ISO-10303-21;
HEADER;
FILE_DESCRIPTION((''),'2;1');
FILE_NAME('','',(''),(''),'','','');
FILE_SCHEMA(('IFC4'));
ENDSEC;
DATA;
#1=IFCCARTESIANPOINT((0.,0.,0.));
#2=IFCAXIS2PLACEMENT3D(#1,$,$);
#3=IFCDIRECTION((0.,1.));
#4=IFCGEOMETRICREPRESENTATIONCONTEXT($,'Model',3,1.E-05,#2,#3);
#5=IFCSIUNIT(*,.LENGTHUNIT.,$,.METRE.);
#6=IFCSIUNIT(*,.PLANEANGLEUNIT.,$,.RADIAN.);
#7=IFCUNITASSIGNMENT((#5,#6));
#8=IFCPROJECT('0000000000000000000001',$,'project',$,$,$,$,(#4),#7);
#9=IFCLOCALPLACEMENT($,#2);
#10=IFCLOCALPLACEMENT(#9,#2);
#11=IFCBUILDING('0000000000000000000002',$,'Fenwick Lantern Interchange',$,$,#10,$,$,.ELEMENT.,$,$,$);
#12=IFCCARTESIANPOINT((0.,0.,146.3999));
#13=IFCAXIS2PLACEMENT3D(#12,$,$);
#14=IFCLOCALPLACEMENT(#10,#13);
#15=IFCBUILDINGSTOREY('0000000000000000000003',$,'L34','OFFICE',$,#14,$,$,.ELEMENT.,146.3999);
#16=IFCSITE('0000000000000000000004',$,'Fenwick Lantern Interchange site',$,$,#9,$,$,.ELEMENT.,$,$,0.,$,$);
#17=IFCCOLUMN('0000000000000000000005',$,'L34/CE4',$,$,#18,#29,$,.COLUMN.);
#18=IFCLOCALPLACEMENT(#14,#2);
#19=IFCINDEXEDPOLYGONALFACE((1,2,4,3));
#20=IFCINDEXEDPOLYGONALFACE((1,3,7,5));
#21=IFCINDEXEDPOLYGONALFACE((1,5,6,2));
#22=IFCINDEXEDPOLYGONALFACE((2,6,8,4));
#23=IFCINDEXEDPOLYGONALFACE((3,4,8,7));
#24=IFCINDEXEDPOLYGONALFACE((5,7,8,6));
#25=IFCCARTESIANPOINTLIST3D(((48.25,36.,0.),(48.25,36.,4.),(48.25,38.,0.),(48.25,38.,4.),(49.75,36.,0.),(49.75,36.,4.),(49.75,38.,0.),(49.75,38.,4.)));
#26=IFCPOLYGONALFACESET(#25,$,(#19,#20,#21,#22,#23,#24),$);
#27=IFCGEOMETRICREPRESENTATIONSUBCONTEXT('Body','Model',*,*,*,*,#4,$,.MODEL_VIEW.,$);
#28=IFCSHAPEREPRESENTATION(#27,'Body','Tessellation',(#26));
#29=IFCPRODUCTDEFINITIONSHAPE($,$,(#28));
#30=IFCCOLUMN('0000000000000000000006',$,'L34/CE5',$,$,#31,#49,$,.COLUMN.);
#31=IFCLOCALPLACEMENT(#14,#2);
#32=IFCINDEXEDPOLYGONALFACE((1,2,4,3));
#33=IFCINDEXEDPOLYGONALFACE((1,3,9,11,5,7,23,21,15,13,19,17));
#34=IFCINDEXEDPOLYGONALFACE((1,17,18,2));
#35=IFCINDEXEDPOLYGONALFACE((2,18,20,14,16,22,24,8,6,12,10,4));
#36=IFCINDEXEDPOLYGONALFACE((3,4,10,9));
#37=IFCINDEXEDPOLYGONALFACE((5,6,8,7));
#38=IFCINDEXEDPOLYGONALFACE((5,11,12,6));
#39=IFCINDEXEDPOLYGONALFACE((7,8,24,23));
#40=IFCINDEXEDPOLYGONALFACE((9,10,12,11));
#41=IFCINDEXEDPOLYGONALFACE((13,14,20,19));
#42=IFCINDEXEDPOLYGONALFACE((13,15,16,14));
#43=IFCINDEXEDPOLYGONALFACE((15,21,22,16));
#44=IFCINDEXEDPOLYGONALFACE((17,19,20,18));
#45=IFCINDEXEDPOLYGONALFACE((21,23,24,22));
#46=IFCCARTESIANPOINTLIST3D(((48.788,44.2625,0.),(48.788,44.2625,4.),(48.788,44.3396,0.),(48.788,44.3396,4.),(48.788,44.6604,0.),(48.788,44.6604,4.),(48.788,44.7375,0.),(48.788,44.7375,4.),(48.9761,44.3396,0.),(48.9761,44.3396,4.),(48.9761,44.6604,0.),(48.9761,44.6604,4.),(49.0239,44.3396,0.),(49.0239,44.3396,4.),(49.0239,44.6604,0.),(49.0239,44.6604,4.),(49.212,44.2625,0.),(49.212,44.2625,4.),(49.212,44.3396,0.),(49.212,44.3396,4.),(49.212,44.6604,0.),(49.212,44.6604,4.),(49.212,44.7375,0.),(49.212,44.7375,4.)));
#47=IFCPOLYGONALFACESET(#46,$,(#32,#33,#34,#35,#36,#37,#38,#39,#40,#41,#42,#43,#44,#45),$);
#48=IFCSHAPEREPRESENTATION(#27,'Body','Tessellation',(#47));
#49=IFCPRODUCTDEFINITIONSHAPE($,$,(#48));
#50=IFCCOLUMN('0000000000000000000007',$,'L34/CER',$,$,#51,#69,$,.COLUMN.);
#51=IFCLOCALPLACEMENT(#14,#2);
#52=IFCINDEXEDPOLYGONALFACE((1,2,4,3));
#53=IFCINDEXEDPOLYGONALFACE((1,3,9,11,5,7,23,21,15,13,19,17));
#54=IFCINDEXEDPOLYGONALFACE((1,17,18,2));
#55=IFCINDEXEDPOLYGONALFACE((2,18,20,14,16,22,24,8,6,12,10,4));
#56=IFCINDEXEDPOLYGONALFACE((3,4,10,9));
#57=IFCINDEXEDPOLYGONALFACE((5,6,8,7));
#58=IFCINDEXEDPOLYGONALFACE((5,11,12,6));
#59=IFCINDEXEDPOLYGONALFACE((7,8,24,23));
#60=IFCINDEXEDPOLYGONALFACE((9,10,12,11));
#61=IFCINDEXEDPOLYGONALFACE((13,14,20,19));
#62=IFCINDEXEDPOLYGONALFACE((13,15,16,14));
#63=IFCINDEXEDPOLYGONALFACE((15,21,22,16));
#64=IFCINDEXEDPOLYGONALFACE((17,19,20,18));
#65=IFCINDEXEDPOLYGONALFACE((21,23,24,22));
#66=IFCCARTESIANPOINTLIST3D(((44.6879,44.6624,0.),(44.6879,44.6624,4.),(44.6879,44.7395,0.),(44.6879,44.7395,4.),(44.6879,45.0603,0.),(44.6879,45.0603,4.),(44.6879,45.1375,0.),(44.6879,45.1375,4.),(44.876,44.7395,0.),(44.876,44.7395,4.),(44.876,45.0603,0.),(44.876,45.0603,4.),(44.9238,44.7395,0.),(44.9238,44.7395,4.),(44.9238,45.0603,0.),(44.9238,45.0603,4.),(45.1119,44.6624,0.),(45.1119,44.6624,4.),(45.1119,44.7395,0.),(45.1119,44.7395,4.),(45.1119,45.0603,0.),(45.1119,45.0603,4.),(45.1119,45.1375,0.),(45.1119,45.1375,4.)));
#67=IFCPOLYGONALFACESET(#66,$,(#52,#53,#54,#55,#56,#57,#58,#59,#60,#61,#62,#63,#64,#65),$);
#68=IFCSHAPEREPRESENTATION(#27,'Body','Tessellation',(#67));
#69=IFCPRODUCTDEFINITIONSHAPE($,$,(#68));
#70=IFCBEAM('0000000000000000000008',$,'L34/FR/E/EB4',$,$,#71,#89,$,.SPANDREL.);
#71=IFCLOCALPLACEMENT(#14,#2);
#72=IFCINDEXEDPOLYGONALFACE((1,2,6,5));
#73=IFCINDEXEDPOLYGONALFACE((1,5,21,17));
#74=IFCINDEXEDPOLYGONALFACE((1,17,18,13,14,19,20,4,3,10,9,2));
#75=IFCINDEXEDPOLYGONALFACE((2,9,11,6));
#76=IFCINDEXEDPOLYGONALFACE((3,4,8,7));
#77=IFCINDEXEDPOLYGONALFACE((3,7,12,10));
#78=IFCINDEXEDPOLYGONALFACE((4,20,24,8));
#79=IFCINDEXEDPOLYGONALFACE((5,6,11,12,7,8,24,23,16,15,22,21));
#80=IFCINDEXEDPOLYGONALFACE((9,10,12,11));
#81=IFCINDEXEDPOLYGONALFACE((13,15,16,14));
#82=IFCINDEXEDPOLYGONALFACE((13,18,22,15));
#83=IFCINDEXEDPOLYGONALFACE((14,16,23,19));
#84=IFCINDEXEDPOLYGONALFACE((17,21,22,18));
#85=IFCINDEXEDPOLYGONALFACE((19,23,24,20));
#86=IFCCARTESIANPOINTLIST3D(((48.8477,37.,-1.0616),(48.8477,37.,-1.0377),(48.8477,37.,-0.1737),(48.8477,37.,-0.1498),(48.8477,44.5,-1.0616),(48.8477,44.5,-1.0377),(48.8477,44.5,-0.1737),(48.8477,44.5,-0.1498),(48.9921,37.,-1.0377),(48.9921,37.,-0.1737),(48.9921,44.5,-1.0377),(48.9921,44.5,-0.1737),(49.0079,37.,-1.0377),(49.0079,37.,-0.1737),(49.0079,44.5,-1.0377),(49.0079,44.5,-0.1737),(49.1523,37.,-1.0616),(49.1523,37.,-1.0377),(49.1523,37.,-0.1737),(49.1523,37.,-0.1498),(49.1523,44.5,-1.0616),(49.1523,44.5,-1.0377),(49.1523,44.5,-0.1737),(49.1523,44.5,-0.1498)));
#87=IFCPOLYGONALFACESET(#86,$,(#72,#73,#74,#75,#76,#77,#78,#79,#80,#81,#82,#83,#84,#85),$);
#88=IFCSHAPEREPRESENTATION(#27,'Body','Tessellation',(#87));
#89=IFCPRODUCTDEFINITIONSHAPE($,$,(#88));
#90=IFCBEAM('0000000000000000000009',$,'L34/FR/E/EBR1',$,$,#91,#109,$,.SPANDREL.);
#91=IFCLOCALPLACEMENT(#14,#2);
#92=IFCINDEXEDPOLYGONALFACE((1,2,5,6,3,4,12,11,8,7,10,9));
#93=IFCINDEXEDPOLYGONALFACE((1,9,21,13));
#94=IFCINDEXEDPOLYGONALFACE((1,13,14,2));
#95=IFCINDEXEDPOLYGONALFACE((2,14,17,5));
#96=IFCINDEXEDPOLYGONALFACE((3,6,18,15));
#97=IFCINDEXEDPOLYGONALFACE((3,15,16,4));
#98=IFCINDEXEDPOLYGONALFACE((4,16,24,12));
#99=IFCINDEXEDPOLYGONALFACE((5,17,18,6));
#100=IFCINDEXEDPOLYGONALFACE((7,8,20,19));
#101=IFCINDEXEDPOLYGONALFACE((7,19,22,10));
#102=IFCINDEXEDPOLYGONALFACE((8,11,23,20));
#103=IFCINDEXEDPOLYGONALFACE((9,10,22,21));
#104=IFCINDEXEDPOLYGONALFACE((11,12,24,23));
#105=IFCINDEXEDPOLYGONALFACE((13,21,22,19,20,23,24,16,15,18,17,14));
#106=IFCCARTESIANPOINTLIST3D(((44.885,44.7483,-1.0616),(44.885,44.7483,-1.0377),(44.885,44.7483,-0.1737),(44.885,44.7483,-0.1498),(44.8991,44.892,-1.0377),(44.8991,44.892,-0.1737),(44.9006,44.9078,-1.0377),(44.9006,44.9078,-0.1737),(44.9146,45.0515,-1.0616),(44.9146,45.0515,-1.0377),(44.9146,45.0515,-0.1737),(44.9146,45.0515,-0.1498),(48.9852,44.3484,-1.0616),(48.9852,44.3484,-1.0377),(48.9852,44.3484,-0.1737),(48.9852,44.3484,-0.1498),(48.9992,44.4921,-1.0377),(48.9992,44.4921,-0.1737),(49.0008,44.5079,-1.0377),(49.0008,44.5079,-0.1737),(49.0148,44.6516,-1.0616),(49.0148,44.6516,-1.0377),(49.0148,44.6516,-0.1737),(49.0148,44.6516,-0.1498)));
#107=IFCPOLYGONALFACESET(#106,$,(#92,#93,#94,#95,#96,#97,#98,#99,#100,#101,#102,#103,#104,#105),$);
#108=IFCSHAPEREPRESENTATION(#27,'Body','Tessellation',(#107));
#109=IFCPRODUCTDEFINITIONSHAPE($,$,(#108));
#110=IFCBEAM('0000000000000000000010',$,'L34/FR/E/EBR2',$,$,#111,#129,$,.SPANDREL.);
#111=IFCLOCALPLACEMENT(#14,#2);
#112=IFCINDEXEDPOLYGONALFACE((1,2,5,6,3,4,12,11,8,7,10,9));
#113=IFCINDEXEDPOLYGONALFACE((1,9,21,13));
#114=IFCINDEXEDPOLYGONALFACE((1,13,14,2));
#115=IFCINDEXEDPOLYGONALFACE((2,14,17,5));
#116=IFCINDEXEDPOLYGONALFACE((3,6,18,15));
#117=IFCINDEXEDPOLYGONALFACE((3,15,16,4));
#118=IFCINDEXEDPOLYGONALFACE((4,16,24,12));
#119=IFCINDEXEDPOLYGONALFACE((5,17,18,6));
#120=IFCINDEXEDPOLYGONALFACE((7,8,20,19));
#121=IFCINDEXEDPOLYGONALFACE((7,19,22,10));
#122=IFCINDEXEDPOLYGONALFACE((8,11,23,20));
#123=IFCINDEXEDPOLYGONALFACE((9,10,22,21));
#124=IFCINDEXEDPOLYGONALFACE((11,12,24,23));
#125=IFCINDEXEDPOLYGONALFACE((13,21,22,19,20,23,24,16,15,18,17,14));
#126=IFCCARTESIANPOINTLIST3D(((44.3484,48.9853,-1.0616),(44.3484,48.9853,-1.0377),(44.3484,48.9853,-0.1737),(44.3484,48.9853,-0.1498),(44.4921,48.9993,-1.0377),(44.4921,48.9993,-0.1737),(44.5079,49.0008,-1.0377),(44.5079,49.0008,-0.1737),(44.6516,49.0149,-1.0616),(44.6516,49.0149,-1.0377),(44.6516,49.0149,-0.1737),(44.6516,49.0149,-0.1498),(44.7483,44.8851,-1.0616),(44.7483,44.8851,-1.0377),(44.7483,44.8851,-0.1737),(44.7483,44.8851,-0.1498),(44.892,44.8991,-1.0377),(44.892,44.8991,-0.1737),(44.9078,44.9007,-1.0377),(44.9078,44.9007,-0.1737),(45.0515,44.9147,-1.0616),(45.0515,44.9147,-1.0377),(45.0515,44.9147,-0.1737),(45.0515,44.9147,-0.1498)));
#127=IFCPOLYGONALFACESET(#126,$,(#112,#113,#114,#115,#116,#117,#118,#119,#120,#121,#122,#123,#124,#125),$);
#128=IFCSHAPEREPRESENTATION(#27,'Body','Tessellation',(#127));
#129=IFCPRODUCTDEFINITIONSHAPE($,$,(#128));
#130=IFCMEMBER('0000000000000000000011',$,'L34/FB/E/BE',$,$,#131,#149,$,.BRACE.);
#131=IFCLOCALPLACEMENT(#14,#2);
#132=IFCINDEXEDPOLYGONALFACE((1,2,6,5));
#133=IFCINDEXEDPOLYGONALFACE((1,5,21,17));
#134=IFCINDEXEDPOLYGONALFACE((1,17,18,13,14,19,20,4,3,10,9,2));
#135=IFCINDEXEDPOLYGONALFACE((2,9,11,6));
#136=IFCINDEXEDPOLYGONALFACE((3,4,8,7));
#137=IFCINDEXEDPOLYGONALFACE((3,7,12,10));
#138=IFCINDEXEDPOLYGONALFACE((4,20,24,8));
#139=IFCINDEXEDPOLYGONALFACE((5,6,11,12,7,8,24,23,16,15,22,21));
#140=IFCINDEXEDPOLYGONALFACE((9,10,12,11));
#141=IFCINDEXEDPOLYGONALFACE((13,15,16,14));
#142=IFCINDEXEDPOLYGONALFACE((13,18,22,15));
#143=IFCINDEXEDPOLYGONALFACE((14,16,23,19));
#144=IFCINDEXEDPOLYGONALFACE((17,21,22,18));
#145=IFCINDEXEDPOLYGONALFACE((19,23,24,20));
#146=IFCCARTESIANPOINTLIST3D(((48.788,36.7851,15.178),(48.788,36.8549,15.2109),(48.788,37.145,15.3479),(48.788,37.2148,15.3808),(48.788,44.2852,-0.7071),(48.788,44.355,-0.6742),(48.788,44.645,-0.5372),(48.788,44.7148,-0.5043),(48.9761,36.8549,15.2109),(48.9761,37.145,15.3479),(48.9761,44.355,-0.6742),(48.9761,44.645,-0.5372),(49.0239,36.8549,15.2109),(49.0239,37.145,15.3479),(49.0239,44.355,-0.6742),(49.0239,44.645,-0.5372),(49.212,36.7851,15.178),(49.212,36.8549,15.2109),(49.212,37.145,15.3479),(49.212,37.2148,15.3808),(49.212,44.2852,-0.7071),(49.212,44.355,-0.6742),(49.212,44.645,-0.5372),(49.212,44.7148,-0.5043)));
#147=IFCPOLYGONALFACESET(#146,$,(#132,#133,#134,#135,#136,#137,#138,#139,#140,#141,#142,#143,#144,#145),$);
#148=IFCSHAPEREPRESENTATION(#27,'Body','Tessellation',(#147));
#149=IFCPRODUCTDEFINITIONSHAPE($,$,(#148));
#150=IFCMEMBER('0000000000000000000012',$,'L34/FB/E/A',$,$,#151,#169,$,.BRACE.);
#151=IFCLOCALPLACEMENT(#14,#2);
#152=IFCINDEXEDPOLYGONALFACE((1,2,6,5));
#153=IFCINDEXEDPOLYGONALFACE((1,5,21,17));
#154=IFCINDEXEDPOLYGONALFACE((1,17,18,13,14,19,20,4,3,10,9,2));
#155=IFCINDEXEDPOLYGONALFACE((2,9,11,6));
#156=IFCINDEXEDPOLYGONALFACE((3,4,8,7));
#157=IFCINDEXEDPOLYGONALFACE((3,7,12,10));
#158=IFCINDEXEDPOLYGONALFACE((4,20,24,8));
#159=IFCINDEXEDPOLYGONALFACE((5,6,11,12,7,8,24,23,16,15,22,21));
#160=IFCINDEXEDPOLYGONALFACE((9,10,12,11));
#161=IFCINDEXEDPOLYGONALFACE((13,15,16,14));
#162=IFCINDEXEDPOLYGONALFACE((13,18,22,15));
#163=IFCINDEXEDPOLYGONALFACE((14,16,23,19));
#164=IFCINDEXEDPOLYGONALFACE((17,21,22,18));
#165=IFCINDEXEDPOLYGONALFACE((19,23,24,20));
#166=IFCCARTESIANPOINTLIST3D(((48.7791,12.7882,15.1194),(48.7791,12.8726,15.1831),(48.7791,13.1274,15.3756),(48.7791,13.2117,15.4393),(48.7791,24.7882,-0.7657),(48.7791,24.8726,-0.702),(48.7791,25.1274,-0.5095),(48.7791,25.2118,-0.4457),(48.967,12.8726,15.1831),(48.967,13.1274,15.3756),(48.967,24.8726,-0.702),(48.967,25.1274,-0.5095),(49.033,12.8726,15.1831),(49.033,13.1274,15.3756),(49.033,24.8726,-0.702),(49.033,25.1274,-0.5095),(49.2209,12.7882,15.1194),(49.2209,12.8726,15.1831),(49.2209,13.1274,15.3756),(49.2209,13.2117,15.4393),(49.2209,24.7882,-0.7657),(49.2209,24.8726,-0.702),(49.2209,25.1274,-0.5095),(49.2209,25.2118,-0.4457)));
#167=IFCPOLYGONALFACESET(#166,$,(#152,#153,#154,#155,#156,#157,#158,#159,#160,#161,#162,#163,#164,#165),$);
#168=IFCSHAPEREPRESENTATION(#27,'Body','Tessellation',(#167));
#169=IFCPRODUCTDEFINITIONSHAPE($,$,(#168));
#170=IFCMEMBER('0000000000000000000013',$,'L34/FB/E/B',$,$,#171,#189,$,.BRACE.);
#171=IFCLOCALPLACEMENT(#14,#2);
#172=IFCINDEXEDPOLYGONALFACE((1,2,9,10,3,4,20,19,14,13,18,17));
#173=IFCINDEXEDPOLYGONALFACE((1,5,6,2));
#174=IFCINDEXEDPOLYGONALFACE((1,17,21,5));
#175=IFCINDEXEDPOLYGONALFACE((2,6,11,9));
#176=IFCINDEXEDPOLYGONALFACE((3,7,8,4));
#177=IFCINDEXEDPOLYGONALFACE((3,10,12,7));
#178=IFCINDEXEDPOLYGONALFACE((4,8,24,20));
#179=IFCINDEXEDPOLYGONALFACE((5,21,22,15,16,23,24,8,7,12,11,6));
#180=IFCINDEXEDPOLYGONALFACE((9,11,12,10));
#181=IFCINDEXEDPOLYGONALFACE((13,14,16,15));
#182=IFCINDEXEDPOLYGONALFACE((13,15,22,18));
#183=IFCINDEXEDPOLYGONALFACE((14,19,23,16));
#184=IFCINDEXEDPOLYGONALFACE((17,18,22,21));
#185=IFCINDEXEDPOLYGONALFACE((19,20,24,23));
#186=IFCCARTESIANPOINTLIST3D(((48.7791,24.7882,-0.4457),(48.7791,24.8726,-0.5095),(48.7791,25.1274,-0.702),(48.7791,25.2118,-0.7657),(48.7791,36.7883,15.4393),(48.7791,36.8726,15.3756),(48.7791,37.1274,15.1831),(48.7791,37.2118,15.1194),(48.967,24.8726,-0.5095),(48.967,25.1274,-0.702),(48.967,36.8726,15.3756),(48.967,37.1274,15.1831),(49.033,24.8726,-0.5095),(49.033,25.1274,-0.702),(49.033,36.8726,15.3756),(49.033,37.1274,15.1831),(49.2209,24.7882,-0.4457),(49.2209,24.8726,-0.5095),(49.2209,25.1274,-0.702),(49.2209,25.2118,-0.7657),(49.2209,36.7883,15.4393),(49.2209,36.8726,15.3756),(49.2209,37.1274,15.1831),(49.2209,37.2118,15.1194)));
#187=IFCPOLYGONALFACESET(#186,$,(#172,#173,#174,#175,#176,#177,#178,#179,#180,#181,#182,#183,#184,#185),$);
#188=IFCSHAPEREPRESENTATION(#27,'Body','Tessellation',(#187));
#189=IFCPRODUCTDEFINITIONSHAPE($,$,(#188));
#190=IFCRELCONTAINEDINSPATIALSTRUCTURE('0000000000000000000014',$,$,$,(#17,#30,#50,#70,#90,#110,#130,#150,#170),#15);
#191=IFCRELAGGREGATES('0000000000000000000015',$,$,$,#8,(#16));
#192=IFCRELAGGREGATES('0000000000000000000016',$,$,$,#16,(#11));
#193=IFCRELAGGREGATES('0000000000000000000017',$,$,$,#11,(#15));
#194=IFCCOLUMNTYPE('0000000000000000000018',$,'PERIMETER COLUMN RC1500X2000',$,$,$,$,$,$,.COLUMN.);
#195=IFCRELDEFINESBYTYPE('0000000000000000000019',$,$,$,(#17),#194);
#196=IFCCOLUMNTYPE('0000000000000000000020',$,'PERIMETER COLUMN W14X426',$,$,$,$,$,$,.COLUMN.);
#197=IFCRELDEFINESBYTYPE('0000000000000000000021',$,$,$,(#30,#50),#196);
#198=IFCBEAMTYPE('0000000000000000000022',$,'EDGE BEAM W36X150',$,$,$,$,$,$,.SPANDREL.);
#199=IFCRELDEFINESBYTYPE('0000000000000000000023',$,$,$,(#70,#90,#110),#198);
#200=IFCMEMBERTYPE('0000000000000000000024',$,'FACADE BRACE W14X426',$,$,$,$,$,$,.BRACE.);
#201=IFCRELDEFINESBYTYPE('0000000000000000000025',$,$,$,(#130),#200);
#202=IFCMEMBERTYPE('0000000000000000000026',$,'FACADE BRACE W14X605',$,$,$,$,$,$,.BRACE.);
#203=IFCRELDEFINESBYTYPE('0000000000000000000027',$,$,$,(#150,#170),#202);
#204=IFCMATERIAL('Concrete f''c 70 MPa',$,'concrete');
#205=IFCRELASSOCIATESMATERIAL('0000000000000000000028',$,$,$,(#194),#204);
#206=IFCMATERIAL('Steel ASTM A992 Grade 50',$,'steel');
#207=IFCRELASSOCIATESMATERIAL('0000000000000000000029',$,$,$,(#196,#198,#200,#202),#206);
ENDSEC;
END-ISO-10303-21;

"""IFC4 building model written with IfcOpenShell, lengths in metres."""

from ifc_helpers import new_model, si_unit, direction, frame, origin, origin_2d, place, context, subcontext, project, spatial, rectangle, i_section, extrude, material, material_profile, profile_set, type_object, element, save


model = new_model("IFC4")

# Units and contexts
model_context = context("Model", 3, precision=1e-05, world=origin(), true_north=direction((0.0, 1.0)))
body_context = subcontext(model_context, "Body", "Model", "MODEL_VIEW")
ifc_project = project(units=[si_unit("LENGTHUNIT", "METRE"), si_unit("PLANEANGLEUNIT", "RADIAN")], contexts=[model_context])

# Site, building, storey
site_placement = place(None, origin())
site = spatial("IfcSite", under=ifc_project, at=site_placement, Name="Fenwick Lantern Interchange site", CompositionType="ELEMENT", RefElevation=0.0)
building_placement = place(site_placement, origin())
building = spatial("IfcBuilding", under=site, at=building_placement, Name="Fenwick Lantern Interchange", CompositionType="ELEMENT")
storey_placement = place(building_placement, frame((0.0, 0.0, 146.3999)))
storey = spatial("IfcBuildingStorey", under=building, at=storey_placement, Name="L34", Description="OFFICE", CompositionType="ELEMENT", Elevation=146.3999)

# Columns
ifc_material_1 = material(Name="Concrete f'c 70 MPa", Category="concrete")
ifc_material_profile_1 = material_profile(ifc_material_1, rectangle(XDim=1.5, YDim=2.0, at=origin_2d()), Name="RC1500X2000")
ifc_profile_set_1 = profile_set([ifc_material_profile_1], Name="Concrete f'c 70 MPa")
column_type_1 = type_object("IfcColumnType", Name="PERIMETER COLUMN RC1500X2000", PredefinedType="COLUMN", material=ifc_profile_set_1)
column_placement = place(storey_placement, frame((49.0, 37.0, 0.0), z_axis=(0.0, 0.0, 1.0), x_axis=(1.0, 0.0, 0.0)))
element("IfcColumn", 1, at=column_placement, inside=storey, type_object=column_type_1, Name="L34/CE4", PredefinedType="COLUMN", context=body_context, shape_type="SweptSolid", body=[
    extrude(rectangle(XDim=1.5, YDim=2.0, at=origin_2d()), origin(), (0.0, 0.0, 1.0), 4.0),
])
ifc_material_2 = material(Name="Steel ASTM A992 Grade 50", Category="steel")
ifc_material_profile_2 = material_profile(ifc_material_2, i_section(OverallWidth=0.4241, OverallDepth=0.4751, WebThickness=0.0479, FlangeThickness=0.0771, at=origin_2d()), Name="W14X426")
ifc_profile_set_2 = profile_set([ifc_material_profile_2], Name="Steel ASTM A992 Grade 50")
column_type_2 = type_object("IfcColumnType", Name="PERIMETER COLUMN W14X426", PredefinedType="COLUMN", material=ifc_profile_set_2)
for number, where, z_axis, x_axis, name in (
    (2, (49.0, 44.5, 0.0), (0.0, 0.0, 1.0), (1.0, 0.0, 0.0), "L34/CE5"),
    (3, (44.8999, 44.8999, 0.0), (0.0, 0.0, 1.0), (1.0, 0.0, 0.0), "L34/CER"),
):
    element("IfcColumn", number, at=place(storey_placement, frame(where, z_axis=z_axis, x_axis=x_axis)), inside=storey, type_object=column_type_2, Name=name, PredefinedType="COLUMN", context=body_context, shape_type="SweptSolid", body=[
        extrude(i_section(OverallWidth=0.4241, OverallDepth=0.4751, WebThickness=0.0479, FlangeThickness=0.0771, at=origin_2d()), origin(), (0.0, 0.0, 1.0), 4.0),
    ])

# Beams
ifc_material_profile_3 = material_profile(ifc_material_2, i_section(OverallWidth=0.3047, OverallDepth=0.9119, WebThickness=0.0159, FlangeThickness=0.0239, at=origin_2d()), Name="W36X150")
ifc_profile_set_3 = profile_set([ifc_material_profile_3], Name="Steel ASTM A992 Grade 50")
beam_type_1 = type_object("IfcBeamType", Name="EDGE BEAM W36X150", PredefinedType="SPANDREL", material=ifc_profile_set_3)
beam_1_placement = place(storey_placement, frame((49.0, 37.0, -0.6057), z_axis=(0.0, 1.0, 0.0), x_axis=(-1.0, 0.0, 0.0)))
element("IfcBeam", 4, at=beam_1_placement, inside=storey, type_object=beam_type_1, Name="L34/FR/E/EB4", PredefinedType="SPANDREL", context=body_context, shape_type="SweptSolid", body=[
    extrude(i_section(OverallWidth=0.3047, OverallDepth=0.9119, WebThickness=0.0159, FlangeThickness=0.0239, at=origin_2d()), origin(), (0.0, 0.0, 1.0), 7.5),
])
for number, where, z_axis, x_axis, name in (
    (5, (49.0, 44.5, -0.6057), (-0.995277, 0.097074, 0.0), (-0.097074, -0.995277, 0.0), "L34/FR/E/EBR1"),
    (6, (44.8999, 44.8999, -0.6057), (-0.097074, 0.995277, 0.0), (-0.995277, -0.097074, 0.0), "L34/FR/E/EBR2"),
):
    element("IfcBeam", number, at=place(storey_placement, frame(where, z_axis=z_axis, x_axis=x_axis)), inside=storey, type_object=beam_type_1, Name=name, PredefinedType="SPANDREL", context=body_context, shape_type="SweptSolid", body=[
        extrude(i_section(OverallWidth=0.3047, OverallDepth=0.9119, WebThickness=0.0159, FlangeThickness=0.0239, at=origin_2d()), origin(), (0.0, 0.0, 1.0), 4.1196),
    ])

# Members
ifc_material_profile_4 = material_profile(ifc_material_2, i_section(OverallWidth=0.4241, OverallDepth=0.4751, WebThickness=0.0479, FlangeThickness=0.0771, at=origin_2d()), Name="W14X426")
ifc_profile_set_4 = profile_set([ifc_material_profile_4], Name="Steel ASTM A992 Grade 50")
member_type_1 = type_object("IfcMemberType", Name="FACADE BRACE W14X426", PredefinedType="BRACE", material=ifc_profile_set_4)
member_1_placement = place(storey_placement, frame((49.0, 44.5, -0.6057), z_axis=(0.0, -0.426948, 0.904276), x_axis=(1.0, 0.0, 0.0)))
element("IfcMember", 7, at=member_1_placement, inside=storey, type_object=member_type_1, Name="L34/FB/E/BE", PredefinedType="BRACE", context=body_context, shape_type="SweptSolid", body=[
    extrude(i_section(OverallWidth=0.4241, OverallDepth=0.4751, WebThickness=0.0479, FlangeThickness=0.0771, at=origin_2d()), origin(), (0.0, 0.0, 1.0), 17.5667),
])
ifc_material_profile_5 = material_profile(ifc_material_2, i_section(OverallWidth=0.4419, OverallDepth=0.5308, WebThickness=0.0659, FlangeThickness=0.1057, at=origin_2d()), Name="W14X605")
ifc_profile_set_5 = profile_set([ifc_material_profile_5], Name="Steel ASTM A992 Grade 50")
member_type_2 = type_object("IfcMemberType", Name="FACADE BRACE W14X605", PredefinedType="BRACE", material=ifc_profile_set_5)
for number, where, z_axis, x_axis, name in (
    (8, (49.0, 25.0, -0.6057), (0.0, -0.602769, 0.797916), (1.0, 0.0, 0.0), "L34/FB/E/A"),
    (9, (49.0, 25.0, -0.6057), (0.0, 0.602769, 0.797916), (-1.0, 0.0, 0.0), "L34/FB/E/B"),
):
    element("IfcMember", number, at=place(storey_placement, frame(where, z_axis=z_axis, x_axis=x_axis)), inside=storey, type_object=member_type_2, Name=name, PredefinedType="BRACE", context=body_context, shape_type="SweptSolid", body=[
        extrude(i_section(OverallWidth=0.4419, OverallDepth=0.5308, WebThickness=0.0659, FlangeThickness=0.1057, at=origin_2d()), origin(), (0.0, 0.0, 1.0), 19.9082),
    ])

save(model, "model.ifc")
